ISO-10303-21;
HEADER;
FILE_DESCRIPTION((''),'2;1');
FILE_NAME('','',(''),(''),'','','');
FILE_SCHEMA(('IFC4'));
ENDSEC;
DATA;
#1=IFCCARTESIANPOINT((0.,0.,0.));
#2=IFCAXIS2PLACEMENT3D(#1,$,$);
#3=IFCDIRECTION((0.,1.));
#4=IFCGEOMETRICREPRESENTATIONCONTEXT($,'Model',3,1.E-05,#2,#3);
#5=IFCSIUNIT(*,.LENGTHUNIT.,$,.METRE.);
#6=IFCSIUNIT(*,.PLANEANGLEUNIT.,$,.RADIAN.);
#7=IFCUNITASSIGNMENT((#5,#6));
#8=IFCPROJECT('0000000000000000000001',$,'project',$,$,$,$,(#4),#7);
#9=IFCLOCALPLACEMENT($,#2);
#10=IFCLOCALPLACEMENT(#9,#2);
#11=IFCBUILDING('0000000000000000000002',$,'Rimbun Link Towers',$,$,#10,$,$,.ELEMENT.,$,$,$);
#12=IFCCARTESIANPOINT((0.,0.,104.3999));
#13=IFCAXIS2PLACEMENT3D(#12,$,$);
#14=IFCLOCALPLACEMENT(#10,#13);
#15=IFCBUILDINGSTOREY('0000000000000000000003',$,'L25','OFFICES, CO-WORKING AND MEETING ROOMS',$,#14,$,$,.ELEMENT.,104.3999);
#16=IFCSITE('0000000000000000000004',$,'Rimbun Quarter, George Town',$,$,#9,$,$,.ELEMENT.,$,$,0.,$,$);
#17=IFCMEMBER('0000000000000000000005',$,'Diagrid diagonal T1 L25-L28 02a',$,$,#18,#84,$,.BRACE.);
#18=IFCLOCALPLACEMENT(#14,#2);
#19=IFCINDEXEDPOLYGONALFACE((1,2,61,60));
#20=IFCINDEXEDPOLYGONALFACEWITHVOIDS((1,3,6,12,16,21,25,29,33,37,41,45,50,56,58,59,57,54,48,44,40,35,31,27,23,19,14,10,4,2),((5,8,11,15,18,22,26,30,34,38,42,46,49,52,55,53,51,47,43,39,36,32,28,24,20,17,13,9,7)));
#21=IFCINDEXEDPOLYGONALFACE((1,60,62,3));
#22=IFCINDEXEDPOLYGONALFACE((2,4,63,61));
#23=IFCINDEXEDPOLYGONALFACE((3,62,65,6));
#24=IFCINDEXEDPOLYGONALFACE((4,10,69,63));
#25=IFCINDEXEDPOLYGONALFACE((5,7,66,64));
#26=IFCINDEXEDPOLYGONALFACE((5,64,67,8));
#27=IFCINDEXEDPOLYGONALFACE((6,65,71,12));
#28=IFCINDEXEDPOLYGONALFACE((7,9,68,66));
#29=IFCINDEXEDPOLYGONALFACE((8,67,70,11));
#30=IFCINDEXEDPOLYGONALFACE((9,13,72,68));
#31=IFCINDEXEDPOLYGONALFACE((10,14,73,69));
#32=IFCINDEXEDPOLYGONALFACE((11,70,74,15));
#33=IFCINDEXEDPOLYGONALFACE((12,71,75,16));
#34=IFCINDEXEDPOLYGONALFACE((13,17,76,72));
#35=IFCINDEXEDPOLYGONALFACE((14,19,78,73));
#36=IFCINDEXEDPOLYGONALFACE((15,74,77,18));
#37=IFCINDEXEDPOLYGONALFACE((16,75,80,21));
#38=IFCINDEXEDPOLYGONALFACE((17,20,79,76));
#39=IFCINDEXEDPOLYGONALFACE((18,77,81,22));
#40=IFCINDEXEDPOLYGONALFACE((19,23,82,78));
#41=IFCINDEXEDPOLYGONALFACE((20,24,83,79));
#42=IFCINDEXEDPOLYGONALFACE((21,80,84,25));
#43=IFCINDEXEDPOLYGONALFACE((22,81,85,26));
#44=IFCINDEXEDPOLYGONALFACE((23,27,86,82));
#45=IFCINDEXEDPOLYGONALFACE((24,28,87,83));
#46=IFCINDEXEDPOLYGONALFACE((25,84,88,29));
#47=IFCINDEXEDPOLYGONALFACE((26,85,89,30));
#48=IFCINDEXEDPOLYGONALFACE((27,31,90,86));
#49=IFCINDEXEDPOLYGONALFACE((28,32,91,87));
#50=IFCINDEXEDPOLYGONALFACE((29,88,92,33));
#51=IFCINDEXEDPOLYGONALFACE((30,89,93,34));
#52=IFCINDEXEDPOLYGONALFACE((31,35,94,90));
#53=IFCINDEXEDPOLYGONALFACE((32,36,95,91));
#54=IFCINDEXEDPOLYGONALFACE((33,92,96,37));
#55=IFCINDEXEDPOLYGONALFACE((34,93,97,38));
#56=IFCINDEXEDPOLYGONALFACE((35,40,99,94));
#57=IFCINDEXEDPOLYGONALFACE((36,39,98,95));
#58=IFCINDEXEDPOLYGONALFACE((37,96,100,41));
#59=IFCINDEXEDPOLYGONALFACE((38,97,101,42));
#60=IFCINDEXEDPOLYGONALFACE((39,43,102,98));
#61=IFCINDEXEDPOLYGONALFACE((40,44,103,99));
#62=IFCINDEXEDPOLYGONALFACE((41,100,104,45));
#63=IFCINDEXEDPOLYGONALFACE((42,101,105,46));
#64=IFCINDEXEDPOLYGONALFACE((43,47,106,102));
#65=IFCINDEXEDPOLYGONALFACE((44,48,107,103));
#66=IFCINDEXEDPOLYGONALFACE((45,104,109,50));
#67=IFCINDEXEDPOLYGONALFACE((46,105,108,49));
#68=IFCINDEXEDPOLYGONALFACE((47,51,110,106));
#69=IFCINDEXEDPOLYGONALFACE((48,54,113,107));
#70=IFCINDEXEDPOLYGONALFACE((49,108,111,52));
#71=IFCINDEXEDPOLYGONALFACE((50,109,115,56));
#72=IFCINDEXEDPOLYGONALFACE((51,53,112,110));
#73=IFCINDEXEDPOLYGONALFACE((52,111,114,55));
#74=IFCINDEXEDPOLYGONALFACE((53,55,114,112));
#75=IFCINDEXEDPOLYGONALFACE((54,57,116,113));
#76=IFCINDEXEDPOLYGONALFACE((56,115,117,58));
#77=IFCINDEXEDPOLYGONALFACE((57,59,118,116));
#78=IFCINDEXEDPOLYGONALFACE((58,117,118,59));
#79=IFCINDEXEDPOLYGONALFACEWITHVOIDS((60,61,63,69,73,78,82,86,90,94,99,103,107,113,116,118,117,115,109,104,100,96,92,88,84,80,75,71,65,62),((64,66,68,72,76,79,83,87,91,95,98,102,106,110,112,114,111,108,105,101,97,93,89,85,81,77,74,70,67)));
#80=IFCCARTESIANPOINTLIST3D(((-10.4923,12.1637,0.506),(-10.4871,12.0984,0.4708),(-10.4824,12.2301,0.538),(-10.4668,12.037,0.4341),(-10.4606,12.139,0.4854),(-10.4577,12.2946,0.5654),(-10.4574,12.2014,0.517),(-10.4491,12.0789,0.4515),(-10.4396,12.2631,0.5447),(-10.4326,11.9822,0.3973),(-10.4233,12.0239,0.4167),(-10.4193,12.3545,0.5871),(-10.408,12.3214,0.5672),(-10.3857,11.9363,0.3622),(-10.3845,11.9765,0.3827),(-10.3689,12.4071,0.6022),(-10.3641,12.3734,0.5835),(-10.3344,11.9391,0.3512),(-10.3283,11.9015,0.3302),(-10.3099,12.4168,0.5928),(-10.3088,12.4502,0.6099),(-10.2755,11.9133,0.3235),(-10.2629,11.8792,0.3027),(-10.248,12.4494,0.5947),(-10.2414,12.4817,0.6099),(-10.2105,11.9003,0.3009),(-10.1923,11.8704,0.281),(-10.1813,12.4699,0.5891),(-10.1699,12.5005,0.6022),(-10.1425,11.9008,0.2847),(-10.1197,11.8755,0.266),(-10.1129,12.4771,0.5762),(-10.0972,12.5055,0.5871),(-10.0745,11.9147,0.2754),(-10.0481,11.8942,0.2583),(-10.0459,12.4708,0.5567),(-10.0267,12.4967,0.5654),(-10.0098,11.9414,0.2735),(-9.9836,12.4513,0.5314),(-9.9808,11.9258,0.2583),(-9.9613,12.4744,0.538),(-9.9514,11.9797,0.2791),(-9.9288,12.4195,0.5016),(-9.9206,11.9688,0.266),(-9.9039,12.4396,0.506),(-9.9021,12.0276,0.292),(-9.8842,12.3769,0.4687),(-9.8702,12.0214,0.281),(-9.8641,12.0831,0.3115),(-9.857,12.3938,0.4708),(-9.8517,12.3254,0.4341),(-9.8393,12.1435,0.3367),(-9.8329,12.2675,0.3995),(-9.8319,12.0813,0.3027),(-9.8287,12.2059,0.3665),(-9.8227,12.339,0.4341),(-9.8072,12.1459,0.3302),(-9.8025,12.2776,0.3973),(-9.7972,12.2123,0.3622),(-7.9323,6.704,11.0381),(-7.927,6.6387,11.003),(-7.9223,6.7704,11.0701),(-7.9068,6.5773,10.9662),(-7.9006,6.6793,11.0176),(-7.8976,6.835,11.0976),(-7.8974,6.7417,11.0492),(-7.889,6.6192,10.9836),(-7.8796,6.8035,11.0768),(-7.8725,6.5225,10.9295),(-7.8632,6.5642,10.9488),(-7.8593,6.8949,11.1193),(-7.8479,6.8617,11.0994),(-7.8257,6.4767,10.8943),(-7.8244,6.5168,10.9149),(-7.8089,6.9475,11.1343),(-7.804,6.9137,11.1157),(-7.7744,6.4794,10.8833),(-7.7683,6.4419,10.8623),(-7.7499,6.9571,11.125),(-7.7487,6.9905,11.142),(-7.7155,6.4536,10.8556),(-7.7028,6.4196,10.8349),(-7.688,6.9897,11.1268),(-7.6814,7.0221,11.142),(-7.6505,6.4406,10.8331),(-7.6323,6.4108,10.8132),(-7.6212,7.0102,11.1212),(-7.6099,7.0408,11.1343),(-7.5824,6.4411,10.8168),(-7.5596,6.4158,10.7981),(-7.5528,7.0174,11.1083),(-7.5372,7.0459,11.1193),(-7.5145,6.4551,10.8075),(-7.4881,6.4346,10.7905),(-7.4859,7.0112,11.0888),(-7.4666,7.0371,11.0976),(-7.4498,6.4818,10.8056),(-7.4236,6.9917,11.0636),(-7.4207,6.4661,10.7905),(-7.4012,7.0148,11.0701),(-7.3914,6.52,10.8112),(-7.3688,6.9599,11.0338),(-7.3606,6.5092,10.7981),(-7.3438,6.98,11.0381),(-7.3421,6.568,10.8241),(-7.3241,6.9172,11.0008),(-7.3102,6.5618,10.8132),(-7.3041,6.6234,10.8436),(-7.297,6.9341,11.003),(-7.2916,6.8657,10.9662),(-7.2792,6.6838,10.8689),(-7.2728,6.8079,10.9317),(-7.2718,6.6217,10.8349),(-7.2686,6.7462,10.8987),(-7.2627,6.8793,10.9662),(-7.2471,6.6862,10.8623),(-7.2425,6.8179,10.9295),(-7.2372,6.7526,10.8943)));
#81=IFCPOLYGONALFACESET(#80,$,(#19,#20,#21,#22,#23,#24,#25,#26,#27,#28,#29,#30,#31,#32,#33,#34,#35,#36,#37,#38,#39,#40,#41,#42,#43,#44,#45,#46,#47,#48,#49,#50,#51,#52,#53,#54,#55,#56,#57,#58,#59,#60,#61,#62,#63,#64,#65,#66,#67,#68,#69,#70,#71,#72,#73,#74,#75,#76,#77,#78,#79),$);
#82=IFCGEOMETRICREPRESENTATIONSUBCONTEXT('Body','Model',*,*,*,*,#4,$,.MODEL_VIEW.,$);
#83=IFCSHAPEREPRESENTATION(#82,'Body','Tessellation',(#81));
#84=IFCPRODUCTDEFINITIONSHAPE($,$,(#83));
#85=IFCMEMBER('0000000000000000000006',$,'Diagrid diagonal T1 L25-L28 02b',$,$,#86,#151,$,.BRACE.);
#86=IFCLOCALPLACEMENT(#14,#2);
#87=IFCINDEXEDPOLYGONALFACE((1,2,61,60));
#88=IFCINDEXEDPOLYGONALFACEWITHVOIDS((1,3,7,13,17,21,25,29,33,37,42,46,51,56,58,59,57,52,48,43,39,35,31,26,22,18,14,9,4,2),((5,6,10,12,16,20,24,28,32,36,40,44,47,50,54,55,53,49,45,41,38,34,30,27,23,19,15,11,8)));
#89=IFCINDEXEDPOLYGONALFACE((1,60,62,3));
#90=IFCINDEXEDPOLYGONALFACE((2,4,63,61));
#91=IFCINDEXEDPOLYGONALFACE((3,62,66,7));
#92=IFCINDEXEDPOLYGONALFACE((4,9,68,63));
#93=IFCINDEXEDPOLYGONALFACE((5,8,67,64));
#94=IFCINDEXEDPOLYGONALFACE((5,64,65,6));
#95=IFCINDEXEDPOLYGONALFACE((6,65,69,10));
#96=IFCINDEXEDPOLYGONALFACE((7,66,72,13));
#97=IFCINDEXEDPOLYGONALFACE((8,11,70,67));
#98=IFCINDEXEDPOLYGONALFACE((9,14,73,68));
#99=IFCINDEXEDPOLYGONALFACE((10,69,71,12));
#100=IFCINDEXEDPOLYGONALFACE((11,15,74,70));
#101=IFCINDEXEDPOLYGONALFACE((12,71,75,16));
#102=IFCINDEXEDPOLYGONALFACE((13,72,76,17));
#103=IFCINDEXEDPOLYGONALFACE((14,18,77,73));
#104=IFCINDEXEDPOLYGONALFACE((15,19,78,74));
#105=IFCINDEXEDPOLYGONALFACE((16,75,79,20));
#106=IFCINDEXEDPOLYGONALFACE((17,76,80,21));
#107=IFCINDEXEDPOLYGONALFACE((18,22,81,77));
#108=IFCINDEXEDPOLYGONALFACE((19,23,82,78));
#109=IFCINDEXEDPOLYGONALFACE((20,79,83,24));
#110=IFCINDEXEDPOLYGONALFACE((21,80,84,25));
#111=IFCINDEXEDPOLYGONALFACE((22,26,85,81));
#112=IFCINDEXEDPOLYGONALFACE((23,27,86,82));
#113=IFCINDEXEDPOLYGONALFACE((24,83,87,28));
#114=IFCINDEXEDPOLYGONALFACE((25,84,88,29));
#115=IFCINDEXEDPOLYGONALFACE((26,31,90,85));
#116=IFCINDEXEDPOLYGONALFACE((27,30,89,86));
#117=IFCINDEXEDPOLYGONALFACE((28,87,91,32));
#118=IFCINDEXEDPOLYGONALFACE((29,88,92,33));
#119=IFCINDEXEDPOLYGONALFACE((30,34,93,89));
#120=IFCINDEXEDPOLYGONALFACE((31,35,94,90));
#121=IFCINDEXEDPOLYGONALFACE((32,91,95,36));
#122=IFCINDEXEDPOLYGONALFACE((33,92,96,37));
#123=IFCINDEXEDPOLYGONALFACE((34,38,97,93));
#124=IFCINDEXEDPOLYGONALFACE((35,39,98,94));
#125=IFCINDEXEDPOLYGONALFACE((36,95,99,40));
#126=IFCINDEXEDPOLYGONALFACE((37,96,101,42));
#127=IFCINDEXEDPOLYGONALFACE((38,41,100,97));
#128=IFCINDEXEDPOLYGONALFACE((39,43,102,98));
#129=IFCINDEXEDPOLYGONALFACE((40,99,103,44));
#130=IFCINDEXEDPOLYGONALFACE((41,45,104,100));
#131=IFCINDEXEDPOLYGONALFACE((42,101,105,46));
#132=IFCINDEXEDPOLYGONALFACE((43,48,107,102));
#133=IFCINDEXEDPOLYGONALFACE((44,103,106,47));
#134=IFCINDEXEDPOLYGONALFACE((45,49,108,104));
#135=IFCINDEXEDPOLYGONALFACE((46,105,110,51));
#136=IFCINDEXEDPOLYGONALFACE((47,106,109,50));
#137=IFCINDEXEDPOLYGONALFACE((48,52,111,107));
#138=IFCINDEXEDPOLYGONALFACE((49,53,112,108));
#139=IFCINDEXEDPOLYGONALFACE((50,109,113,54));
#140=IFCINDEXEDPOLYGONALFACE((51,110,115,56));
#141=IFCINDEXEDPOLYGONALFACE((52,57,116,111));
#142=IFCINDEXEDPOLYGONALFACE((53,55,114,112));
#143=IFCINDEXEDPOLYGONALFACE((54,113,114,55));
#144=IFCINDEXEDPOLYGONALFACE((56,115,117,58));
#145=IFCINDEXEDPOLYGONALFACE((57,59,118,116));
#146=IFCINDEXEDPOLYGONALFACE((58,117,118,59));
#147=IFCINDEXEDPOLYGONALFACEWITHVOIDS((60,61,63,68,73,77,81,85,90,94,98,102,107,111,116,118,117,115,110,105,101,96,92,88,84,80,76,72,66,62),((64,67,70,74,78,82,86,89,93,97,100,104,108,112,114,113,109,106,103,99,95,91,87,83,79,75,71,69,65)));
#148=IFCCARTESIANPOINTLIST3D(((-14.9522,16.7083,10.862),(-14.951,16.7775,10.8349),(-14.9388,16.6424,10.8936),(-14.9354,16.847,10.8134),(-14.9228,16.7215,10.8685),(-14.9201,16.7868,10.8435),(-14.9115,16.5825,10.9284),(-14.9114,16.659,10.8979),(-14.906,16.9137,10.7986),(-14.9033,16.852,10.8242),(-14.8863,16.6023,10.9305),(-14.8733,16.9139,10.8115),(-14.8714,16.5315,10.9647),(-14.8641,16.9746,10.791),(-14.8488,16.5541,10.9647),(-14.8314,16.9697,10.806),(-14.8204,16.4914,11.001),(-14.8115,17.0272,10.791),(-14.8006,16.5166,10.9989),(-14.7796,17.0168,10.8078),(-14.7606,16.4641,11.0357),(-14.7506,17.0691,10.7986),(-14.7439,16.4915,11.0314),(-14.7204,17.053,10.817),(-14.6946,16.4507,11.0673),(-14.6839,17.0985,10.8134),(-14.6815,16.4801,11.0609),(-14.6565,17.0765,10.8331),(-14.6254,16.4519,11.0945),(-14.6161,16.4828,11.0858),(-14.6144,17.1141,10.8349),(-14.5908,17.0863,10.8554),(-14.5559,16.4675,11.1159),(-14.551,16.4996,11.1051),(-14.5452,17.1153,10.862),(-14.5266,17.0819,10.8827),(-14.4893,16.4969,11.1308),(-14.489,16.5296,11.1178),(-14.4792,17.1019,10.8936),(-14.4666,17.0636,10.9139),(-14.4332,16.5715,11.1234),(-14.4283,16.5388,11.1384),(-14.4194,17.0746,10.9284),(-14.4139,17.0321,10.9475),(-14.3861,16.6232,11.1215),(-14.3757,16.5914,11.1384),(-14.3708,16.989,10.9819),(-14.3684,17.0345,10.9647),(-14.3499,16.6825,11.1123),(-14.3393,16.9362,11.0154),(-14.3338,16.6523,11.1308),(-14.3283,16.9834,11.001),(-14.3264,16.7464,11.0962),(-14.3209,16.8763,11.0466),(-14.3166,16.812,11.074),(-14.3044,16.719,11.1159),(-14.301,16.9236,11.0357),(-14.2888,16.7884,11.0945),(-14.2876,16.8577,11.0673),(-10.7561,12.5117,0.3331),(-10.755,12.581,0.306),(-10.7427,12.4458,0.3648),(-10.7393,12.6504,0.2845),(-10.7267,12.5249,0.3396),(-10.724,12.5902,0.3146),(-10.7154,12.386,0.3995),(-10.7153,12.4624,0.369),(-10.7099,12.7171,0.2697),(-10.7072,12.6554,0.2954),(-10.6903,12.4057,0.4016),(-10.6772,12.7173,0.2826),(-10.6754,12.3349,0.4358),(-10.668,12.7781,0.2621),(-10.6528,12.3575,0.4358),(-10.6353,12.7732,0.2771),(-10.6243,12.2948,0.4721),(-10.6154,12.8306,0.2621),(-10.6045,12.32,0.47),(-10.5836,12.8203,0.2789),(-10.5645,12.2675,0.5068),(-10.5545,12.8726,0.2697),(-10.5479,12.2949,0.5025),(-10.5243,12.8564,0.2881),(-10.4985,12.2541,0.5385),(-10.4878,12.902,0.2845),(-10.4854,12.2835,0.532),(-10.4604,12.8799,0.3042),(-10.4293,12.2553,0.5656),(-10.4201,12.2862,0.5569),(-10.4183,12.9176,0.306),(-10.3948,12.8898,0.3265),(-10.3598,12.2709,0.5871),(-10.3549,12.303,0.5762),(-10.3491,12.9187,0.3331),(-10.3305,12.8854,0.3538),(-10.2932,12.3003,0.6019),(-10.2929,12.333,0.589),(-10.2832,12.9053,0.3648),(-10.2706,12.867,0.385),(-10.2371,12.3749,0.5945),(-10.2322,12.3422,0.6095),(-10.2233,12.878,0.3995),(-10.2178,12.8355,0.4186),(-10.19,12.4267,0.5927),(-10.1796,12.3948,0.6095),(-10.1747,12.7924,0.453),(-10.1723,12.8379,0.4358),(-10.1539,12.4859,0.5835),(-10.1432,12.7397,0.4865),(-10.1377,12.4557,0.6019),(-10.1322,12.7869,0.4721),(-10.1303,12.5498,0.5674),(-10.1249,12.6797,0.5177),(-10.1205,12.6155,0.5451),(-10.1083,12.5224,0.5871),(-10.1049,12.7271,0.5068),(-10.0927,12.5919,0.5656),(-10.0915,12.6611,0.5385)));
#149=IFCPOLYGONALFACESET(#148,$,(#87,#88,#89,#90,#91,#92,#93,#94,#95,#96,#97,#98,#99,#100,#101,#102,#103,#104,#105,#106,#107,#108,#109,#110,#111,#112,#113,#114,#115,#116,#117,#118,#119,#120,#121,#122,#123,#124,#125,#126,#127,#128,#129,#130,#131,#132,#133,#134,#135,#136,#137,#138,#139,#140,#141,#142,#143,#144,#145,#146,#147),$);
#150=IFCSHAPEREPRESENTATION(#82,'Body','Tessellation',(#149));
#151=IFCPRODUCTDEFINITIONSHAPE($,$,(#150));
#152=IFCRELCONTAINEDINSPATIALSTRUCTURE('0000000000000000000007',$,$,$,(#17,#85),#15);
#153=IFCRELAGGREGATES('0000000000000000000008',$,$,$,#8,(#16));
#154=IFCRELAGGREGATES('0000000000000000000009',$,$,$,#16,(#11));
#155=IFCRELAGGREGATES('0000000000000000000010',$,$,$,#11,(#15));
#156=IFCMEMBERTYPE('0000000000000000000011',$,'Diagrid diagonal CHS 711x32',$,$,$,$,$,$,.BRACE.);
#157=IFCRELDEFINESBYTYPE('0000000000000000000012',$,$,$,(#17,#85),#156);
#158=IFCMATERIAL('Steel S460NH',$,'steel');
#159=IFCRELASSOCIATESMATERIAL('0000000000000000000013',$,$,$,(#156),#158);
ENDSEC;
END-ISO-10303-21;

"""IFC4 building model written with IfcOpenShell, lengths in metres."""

from ifc_helpers import new_model, si_unit, direction, frame, origin, origin_2d, place, context, subcontext, project, spatial, hollow_circle, extrude, material, material_profile, profile_set, type_object, element, save


model = new_model("IFC4")

# Units and contexts
model_context = context("Model", 3, precision=1e-05, world=origin(), true_north=direction((0.0, 1.0)))
body_context = subcontext(model_context, "Body", "Model", "MODEL_VIEW")
ifc_project = project(units=[si_unit("LENGTHUNIT", "METRE"), si_unit("PLANEANGLEUNIT", "RADIAN")], contexts=[model_context])

# Site, building, storey
site_placement = place(None, origin())
site = spatial("IfcSite", under=ifc_project, at=site_placement, Name="Rimbun Quarter, George Town", CompositionType="ELEMENT", RefElevation=0.0)
building_placement = place(site_placement, origin())
building = spatial("IfcBuilding", under=site, at=building_placement, Name="Rimbun Link Towers", CompositionType="ELEMENT")
storey_placement = place(building_placement, frame((0.0, 0.0, 104.3999)))
storey = spatial("IfcBuildingStorey", under=building, at=storey_placement, Name="L25", Description="OFFICES, CO-WORKING AND MEETING ROOMS", CompositionType="ELEMENT", Elevation=104.3999)

# Members
ifc_material_1 = material(Name="Steel S460NH", Category="steel")
ifc_material_profile_1 = material_profile(ifc_material_1, hollow_circle(Radius=0.3557, WallThickness=0.032, at=origin_2d()), Name="Diagrid diagonal CHS 711x32")
ifc_profile_set_1 = profile_set([ifc_material_profile_1], Name="Steel S460NH")
member_type_1 = type_object("IfcMemberType", Name="Diagrid diagonal CHS 711x32", PredefinedType="BRACE", material=ifc_profile_set_1)
member_1_placement = place(storey_placement, frame((-10.1448, 12.188, 0.4341), z_axis=(0.210942, -0.449866, 0.867827), x_axis=(0.905407, 0.424545, 0.0)))
element("IfcMember", 1, at=member_1_placement, inside=storey, type_object=member_type_1, Name="Diagrid diagonal T1 L25-L28 02a", PredefinedType="BRACE", context=body_context, shape_type="SweptSolid", body=[
    extrude(hollow_circle(Radius=0.3557, WallThickness=0.032, at=origin_2d()), origin(), (0.0, 0.0, 1.0), 12.1362),
])
member_2_placement = place(storey_placement, frame((-10.4238, 12.5864, 0.4358), z_axis=(-0.34718, 0.34722, 0.871151), x_axis=(-0.707148, -0.707066, 0.0)))
element("IfcMember", 2, at=member_2_placement, inside=storey, type_object=member_type_1, Name="Diagrid diagonal T1 L25-L28 02b", PredefinedType="BRACE", context=body_context, shape_type="SweptSolid", body=[
    extrude(hollow_circle(Radius=0.3557, WallThickness=0.032, at=origin_2d()), origin(), (0.0, 0.0, 1.0), 12.0862),
])

save(model, "model.ifc")
